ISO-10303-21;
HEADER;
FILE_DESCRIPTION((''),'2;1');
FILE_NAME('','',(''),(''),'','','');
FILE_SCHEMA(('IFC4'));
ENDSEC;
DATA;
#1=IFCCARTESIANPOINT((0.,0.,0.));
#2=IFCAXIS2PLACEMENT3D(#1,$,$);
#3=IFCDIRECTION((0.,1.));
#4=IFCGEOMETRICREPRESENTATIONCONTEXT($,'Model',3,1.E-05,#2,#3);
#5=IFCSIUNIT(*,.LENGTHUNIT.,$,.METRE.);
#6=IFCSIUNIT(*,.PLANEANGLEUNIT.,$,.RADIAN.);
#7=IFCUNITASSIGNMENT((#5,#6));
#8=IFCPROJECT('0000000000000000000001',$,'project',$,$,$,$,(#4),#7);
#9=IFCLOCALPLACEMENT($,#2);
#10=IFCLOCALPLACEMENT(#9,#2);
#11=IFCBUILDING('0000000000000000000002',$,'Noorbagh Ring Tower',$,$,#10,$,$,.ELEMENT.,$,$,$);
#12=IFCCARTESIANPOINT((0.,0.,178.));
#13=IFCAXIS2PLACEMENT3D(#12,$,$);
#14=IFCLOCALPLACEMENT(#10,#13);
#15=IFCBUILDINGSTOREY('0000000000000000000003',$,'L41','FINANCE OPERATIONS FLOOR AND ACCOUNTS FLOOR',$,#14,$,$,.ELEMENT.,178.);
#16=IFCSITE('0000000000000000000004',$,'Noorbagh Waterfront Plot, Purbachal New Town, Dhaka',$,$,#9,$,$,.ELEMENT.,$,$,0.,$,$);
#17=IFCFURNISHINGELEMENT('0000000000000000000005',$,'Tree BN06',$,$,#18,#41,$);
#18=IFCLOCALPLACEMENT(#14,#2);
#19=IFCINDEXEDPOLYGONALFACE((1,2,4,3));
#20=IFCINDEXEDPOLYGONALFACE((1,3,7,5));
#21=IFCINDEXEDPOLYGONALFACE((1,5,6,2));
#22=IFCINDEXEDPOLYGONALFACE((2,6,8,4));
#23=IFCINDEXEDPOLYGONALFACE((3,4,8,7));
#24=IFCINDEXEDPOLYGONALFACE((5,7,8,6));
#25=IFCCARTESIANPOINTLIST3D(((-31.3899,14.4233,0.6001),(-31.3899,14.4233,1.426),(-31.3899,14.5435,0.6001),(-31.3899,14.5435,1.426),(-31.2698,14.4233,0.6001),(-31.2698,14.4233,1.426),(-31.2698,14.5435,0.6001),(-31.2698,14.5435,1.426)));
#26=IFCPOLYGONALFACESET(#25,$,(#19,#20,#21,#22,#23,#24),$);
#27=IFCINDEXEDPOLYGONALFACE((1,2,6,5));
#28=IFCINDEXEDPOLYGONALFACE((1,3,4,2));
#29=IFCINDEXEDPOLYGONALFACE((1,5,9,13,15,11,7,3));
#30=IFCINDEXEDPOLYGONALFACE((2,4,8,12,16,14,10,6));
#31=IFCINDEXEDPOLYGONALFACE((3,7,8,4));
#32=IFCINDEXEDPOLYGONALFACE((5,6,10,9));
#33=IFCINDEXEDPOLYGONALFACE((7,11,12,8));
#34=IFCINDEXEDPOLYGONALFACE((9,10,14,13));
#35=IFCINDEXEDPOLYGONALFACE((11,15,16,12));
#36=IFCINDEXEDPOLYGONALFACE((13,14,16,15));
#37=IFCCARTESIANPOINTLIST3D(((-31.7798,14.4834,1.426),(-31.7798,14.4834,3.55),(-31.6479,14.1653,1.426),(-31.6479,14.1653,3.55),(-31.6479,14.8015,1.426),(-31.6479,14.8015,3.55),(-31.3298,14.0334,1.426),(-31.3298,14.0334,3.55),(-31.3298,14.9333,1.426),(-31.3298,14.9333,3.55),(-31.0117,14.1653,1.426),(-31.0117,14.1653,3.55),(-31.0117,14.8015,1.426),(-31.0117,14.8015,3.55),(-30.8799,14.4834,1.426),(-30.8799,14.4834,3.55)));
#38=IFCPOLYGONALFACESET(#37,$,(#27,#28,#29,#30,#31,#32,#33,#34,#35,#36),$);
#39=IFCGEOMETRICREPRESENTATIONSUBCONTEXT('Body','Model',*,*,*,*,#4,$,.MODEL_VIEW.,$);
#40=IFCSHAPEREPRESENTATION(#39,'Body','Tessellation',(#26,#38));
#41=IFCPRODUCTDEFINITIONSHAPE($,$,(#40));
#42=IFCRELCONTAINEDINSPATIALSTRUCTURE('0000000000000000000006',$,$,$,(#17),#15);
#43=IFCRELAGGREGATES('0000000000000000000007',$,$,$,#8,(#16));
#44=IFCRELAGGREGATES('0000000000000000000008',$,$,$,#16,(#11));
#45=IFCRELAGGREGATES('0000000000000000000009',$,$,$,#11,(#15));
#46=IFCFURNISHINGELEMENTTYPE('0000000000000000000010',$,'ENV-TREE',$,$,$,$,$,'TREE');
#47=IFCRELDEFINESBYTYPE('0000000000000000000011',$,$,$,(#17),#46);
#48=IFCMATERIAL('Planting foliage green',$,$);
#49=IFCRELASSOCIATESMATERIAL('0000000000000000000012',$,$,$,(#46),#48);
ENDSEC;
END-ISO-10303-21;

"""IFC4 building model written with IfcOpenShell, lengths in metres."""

from ifc_helpers import new_model, si_unit, direction, frame, origin, origin_2d, place, context, subcontext, project, spatial, polyline, rectangle, outline, extrude, material, type_object, element, save


model = new_model("IFC4")

# Units and contexts
model_context = context("Model", 3, precision=1e-05, world=origin(), true_north=direction((0.0, 1.0)))
body_context = subcontext(model_context, "Body", "Model", "MODEL_VIEW")
ifc_project = project(units=[si_unit("LENGTHUNIT", "METRE"), si_unit("PLANEANGLEUNIT", "RADIAN")], contexts=[model_context])

# Site, building, storey
site_placement = place(None, origin())
site = spatial("IfcSite", under=ifc_project, at=site_placement, Name="Noorbagh Waterfront Plot, Purbachal New Town, Dhaka", CompositionType="ELEMENT", RefElevation=0.0)
building_placement = place(site_placement, origin())
building = spatial("IfcBuilding", under=site, at=building_placement, Name="Noorbagh Ring Tower", CompositionType="ELEMENT")
storey_placement = place(building_placement, frame((0.0, 0.0, 178.0)))
storey = spatial("IfcBuildingStorey", under=building, at=storey_placement, Name="L41", Description="FINANCE OPERATIONS FLOOR AND ACCOUNTS FLOOR", CompositionType="ELEMENT", Elevation=178.0)

# Furnishing element
ifc_material_1 = material(Name="Planting foliage green")
furnishing_element_type = type_object("IfcFurnishingElementType", Name="ENV-TREE", ElementType="TREE", material=ifc_material_1)
furnishing_placement = place(storey_placement, frame((-31.3298, 14.4834, 0.6001), z_axis=(0.0, 0.0, 1.0), x_axis=(1.0, 0.0, 0.0)))
element("IfcFurnishingElement", 1, at=furnishing_placement, inside=storey, type_object=furnishing_element_type, Name="Tree BN06", context=body_context, shape_type="SweptSolid", body=[
    extrude(rectangle(XDim=0.1201, YDim=0.1201, at=origin_2d()), origin(), (0.0, 0.0, 1.0), 0.8259),
    extrude(outline(polyline([(0.45, 0.0), (0.3181, 0.3181), (0.0, 0.45), (-0.3181, 0.3181), (-0.45, 0.0), (-0.3181, -0.3181), (0.0, -0.45), (0.3181, -0.3181), (0.45, 0.0)])), frame((0.0, 0.0, 0.8259)), (0.0, 0.0, 1.0), 2.124),
])

save(model, "model.ifc")
